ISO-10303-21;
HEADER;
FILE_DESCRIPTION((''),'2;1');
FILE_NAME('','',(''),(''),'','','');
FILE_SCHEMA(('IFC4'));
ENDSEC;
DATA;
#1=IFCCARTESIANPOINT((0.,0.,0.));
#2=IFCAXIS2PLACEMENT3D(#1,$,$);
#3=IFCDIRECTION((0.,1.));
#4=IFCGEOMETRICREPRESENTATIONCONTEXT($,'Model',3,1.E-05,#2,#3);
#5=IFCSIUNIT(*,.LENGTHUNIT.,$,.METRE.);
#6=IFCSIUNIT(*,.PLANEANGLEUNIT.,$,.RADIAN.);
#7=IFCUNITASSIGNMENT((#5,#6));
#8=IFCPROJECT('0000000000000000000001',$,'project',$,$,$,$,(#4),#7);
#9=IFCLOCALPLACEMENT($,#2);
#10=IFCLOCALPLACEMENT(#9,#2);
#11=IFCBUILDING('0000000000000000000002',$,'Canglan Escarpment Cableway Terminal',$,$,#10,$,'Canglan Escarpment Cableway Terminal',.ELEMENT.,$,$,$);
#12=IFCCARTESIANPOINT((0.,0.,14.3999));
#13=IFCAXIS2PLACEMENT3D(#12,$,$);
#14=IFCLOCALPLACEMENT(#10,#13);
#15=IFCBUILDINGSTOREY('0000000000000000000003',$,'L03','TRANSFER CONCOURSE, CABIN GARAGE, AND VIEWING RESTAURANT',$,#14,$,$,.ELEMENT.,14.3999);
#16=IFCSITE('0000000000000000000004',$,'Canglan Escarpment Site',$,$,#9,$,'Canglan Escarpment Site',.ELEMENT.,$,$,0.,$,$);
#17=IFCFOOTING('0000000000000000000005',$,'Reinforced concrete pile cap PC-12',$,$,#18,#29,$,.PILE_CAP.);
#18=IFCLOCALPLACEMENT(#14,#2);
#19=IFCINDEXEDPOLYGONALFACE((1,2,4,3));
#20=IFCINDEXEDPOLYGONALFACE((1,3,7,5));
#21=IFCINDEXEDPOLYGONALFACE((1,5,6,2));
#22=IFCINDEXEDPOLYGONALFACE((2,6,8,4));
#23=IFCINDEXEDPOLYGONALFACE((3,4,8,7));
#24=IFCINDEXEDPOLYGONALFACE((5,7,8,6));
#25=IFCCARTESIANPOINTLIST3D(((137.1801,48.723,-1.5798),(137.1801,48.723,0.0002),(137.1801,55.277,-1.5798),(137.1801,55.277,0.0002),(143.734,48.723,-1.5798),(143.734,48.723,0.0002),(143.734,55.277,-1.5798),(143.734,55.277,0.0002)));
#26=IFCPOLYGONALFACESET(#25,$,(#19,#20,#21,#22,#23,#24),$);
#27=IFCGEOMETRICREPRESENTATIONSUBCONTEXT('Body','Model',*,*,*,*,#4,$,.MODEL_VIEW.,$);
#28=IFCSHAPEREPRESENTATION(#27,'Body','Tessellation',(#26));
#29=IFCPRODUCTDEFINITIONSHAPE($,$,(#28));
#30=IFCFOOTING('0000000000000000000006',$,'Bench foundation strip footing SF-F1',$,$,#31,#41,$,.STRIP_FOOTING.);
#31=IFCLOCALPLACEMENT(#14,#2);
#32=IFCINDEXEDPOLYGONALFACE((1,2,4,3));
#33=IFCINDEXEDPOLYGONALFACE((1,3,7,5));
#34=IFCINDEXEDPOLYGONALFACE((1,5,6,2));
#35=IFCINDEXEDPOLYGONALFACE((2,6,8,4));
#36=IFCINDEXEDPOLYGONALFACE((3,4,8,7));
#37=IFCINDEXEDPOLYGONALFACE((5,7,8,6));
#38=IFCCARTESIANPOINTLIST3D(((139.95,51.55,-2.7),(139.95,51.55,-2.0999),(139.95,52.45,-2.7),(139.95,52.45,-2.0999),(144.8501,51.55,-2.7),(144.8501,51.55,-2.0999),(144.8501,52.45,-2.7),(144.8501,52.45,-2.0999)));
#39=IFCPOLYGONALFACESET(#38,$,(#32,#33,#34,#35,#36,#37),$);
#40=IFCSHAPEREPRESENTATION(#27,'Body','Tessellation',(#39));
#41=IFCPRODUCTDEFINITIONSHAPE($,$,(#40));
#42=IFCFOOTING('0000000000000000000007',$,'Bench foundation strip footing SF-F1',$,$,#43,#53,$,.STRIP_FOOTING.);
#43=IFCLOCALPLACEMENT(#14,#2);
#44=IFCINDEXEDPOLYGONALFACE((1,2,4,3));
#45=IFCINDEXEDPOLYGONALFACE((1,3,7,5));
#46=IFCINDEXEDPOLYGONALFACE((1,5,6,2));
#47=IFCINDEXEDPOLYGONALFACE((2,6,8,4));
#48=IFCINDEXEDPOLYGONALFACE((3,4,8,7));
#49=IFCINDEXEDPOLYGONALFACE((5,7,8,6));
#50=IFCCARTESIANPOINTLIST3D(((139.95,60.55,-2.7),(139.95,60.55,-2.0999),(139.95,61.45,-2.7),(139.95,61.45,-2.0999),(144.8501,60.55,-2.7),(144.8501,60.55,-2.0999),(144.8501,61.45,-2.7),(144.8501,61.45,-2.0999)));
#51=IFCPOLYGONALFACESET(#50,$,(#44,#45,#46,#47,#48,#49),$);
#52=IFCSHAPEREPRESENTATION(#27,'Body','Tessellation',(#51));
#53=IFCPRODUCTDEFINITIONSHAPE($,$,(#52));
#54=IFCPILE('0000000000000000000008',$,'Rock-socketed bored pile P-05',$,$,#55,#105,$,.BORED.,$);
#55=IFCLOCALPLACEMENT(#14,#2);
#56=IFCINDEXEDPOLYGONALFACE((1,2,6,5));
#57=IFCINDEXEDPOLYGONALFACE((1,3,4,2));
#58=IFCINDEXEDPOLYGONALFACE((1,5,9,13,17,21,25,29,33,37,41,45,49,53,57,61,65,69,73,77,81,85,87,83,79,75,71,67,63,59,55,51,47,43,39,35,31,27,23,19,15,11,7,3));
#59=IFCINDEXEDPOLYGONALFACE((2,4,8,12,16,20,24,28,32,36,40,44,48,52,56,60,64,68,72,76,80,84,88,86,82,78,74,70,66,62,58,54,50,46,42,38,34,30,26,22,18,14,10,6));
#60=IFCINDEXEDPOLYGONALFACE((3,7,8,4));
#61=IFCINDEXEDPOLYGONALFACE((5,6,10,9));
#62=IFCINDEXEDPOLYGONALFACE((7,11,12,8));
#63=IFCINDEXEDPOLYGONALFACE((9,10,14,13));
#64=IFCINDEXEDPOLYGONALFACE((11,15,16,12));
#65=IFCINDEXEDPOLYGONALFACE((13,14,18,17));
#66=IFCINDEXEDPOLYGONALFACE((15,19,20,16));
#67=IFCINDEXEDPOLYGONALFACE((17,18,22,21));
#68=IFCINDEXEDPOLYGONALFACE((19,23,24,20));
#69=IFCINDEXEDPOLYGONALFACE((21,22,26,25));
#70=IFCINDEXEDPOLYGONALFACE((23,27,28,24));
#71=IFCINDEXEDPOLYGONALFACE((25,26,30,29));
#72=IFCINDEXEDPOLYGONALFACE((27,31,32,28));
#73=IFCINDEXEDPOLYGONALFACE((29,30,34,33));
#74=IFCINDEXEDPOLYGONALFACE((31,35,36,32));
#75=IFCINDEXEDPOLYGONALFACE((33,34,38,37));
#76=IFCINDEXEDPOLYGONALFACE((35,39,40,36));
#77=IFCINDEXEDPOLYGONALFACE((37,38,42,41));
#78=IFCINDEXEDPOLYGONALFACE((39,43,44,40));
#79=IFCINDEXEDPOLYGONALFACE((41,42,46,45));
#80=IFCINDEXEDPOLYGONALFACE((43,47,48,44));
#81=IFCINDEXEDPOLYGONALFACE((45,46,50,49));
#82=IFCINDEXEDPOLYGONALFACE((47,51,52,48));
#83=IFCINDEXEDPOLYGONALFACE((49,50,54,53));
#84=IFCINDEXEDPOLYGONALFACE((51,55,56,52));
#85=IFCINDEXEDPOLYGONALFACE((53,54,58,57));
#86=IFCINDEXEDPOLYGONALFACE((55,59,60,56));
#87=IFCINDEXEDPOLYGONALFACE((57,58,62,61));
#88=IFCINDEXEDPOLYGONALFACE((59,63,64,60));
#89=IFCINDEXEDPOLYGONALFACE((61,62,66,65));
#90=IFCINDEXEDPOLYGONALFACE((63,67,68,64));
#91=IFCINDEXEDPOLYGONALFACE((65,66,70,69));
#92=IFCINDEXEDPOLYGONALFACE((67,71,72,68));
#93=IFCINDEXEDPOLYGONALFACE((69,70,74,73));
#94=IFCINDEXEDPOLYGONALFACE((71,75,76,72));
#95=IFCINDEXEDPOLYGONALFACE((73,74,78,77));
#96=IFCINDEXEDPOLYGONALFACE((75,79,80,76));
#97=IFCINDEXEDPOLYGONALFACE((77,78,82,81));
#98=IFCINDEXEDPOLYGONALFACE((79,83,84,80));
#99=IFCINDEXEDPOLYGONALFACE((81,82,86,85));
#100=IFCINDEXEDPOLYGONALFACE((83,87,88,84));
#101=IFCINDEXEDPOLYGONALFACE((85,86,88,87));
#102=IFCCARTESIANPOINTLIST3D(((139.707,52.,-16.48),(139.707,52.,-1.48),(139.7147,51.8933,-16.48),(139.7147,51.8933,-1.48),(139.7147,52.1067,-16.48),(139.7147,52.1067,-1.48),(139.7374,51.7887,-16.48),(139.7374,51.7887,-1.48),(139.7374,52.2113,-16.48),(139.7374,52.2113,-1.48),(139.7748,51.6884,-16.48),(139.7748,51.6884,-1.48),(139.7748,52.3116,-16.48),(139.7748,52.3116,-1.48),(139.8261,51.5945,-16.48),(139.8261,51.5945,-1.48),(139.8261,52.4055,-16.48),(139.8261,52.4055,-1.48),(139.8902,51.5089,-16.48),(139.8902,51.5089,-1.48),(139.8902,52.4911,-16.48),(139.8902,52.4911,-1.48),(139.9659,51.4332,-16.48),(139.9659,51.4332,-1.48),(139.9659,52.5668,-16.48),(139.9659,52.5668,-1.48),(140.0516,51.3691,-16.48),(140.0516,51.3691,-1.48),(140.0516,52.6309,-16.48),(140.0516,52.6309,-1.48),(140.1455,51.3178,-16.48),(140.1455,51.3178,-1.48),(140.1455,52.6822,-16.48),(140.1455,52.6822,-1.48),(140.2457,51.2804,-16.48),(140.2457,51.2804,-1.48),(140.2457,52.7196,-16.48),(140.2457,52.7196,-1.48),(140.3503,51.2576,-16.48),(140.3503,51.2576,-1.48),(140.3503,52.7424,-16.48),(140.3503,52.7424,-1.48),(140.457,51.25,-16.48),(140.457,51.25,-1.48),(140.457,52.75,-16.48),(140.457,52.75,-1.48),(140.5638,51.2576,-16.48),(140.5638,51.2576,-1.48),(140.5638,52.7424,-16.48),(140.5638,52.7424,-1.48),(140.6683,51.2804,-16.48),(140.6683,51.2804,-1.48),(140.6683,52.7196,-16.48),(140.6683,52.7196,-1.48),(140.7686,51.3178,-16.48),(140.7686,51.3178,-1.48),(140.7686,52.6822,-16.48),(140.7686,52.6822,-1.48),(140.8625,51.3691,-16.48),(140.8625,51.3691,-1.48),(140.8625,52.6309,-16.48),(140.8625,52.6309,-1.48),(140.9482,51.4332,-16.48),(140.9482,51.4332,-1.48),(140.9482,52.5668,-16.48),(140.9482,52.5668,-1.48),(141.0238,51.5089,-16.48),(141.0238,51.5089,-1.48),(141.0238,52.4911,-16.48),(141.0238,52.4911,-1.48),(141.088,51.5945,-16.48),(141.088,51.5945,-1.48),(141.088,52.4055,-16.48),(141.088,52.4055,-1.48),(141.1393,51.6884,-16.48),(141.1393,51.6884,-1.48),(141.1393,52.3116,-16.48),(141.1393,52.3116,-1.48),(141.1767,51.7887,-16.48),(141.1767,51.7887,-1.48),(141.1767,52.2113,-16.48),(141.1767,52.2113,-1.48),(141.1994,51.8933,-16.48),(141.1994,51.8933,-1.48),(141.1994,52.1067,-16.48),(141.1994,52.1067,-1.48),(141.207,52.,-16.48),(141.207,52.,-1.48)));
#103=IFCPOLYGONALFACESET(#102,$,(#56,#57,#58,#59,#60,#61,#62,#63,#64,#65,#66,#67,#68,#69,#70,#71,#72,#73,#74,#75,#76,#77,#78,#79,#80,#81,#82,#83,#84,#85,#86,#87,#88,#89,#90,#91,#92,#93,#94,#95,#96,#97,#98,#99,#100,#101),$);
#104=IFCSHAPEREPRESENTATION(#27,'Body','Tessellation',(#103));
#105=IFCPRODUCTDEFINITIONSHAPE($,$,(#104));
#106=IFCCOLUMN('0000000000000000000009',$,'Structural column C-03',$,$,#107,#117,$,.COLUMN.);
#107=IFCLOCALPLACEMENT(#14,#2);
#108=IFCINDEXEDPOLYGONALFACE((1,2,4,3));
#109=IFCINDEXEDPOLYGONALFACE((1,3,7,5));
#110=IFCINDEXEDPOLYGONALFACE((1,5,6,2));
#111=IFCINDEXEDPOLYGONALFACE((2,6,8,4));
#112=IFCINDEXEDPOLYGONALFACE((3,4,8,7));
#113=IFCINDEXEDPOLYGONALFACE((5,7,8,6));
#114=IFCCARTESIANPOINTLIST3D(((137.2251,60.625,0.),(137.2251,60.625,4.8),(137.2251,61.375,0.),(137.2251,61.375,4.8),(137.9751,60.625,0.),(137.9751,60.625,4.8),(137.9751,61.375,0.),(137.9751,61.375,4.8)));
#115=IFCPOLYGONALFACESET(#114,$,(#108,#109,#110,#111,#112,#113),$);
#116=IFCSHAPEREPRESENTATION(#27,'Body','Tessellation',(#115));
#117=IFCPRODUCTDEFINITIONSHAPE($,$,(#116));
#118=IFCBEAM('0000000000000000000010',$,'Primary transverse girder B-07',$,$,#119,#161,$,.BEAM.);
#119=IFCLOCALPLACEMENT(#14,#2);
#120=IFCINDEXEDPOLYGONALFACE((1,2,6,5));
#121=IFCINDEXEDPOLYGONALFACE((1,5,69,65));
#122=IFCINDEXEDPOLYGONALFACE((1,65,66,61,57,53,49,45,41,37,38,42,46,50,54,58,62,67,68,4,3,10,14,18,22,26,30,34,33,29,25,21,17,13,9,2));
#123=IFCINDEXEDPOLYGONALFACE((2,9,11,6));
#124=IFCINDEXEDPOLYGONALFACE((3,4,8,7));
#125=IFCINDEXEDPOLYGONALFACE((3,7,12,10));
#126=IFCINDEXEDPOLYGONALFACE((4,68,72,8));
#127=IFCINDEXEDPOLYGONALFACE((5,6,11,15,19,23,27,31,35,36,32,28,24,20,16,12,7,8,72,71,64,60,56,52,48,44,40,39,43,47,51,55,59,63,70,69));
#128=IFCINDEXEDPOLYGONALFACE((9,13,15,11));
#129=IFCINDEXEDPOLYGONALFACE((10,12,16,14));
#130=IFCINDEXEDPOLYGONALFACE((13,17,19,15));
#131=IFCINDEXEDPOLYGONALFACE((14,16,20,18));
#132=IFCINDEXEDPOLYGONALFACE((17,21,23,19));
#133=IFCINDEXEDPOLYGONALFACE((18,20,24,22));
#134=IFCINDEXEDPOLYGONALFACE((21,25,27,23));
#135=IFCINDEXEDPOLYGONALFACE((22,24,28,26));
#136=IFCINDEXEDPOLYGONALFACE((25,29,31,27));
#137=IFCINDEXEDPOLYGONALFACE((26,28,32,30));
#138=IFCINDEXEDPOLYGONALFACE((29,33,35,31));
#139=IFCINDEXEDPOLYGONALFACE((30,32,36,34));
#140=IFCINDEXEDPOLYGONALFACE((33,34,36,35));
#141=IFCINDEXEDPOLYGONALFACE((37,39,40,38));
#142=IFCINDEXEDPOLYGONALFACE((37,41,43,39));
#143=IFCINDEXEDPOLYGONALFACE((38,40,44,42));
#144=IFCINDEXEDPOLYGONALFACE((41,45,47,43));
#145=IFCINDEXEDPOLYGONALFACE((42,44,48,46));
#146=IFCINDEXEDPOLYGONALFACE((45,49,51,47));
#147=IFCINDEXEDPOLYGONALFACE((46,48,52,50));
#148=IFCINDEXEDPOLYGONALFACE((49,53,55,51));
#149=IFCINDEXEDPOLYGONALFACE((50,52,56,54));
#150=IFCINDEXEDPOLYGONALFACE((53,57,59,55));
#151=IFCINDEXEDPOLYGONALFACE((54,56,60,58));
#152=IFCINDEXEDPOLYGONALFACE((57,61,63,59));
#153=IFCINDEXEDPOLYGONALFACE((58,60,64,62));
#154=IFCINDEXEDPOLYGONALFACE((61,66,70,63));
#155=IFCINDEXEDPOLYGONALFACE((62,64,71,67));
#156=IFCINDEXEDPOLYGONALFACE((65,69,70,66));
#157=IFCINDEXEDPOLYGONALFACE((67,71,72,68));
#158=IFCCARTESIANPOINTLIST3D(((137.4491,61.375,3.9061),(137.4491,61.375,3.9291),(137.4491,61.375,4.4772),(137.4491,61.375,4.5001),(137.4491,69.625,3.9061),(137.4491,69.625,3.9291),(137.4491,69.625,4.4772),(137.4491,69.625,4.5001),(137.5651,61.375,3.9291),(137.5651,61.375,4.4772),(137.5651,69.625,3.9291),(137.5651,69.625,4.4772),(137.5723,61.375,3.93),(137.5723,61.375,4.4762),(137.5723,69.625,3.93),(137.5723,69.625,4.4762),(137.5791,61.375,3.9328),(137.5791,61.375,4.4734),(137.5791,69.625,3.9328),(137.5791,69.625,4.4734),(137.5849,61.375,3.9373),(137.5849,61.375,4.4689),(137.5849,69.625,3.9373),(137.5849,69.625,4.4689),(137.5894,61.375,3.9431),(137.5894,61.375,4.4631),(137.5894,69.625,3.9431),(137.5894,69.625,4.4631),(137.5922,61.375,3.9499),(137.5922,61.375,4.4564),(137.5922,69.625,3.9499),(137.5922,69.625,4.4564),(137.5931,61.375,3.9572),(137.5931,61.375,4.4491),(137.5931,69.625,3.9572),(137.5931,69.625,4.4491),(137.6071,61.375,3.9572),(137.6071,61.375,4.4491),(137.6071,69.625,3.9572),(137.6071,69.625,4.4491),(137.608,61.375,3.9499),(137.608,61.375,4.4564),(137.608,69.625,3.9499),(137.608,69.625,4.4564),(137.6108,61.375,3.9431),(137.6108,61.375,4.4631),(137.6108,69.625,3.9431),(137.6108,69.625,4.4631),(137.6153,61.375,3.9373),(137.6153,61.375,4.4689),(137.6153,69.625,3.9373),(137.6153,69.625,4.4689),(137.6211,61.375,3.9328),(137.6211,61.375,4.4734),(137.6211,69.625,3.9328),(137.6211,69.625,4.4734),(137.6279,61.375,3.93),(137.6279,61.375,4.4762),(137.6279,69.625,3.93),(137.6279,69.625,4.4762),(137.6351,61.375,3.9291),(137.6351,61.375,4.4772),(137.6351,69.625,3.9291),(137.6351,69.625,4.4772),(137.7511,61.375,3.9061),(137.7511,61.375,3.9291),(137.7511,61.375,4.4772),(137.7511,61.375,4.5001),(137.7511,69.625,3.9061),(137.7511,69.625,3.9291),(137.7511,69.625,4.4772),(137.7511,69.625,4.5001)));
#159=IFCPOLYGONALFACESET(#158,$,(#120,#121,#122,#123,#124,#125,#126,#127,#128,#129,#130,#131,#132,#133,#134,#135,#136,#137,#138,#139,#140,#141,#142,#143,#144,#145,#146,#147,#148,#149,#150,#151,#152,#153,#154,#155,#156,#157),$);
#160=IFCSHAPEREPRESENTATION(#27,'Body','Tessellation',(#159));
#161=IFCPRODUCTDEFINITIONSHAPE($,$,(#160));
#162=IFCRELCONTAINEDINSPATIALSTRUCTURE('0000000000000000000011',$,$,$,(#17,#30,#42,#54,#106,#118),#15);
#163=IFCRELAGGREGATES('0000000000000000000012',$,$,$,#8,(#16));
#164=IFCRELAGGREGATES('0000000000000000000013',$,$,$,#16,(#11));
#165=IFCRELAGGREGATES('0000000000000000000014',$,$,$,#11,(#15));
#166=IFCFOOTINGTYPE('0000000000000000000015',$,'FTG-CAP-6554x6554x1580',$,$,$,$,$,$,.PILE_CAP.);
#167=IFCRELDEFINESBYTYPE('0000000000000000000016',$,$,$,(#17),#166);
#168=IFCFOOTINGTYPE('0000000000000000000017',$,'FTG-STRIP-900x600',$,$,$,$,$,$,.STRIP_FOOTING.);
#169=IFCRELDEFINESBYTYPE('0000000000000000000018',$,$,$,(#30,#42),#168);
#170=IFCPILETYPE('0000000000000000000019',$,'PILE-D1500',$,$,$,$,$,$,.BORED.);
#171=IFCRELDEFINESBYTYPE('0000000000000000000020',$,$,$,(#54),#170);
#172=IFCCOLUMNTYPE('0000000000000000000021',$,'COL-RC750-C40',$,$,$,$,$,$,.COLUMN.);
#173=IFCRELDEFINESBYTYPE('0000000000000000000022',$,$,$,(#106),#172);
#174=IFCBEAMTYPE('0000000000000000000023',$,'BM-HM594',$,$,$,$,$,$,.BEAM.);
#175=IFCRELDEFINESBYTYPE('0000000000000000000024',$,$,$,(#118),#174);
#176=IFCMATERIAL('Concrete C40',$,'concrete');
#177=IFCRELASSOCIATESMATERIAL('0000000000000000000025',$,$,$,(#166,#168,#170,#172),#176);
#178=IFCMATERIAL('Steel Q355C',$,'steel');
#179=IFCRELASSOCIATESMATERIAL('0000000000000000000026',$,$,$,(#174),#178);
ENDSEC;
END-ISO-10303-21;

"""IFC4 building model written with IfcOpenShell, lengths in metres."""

from ifc_helpers import new_model, si_unit, direction, frame, origin, origin_2d, place, context, subcontext, project, spatial, rectangle, circle, i_section, extrude, material, material_profile, profile_set, type_object, element, save


model = new_model("IFC4")

# Units and contexts
model_context = context("Model", 3, precision=1e-05, world=origin(), true_north=direction((0.0, 1.0)))
body_context = subcontext(model_context, "Body", "Model", "MODEL_VIEW")
ifc_project = project(units=[si_unit("LENGTHUNIT", "METRE"), si_unit("PLANEANGLEUNIT", "RADIAN")], contexts=[model_context])

# Site, building, storey
site_placement = place(None, origin())
site = spatial("IfcSite", under=ifc_project, at=site_placement, Name="Canglan Escarpment Site", LongName="Canglan Escarpment Site", CompositionType="ELEMENT", RefElevation=0.0)
building_placement = place(site_placement, origin())
building = spatial("IfcBuilding", under=site, at=building_placement, Name="Canglan Escarpment Cableway Terminal", LongName="Canglan Escarpment Cableway Terminal", CompositionType="ELEMENT")
storey_placement = place(building_placement, frame((0.0, 0.0, 14.3999)))
storey = spatial("IfcBuildingStorey", under=building, at=storey_placement, Name="L03", Description="TRANSFER CONCOURSE, CABIN GARAGE, AND VIEWING RESTAURANT", CompositionType="ELEMENT", Elevation=14.3999)

# Footings
ifc_material_1 = material(Name="Concrete C40", Category="concrete")
footing_type_1 = type_object("IfcFootingType", Name="FTG-CAP-6554x6554x1580", PredefinedType="PILE_CAP", material=ifc_material_1)
footing_placement = place(storey_placement, frame((140.457, 52.0, -1.5798), z_axis=(0.0, 0.0, 1.0), x_axis=(1.0, 0.0, 0.0)))
element("IfcFooting", 1, at=footing_placement, inside=storey, type_object=footing_type_1, Name="Reinforced concrete pile cap PC-12", PredefinedType="PILE_CAP", context=body_context, shape_type="SweptSolid", body=[
    extrude(rectangle(XDim=6.554, YDim=6.554, at=origin_2d()), origin(), (0.0, 0.0, 1.0), 1.5801),
])
ifc_material_profile_1 = material_profile(ifc_material_1, rectangle(XDim=0.8999, YDim=0.6001, at=origin_2d()), Name="SF 900x600")
ifc_profile_set_1 = profile_set([ifc_material_profile_1], Name="Concrete C40")
footing_type_2 = type_object("IfcFootingType", Name="FTG-STRIP-900x600", PredefinedType="STRIP_FOOTING", material=ifc_profile_set_1)
for number, where, z_axis, x_axis, name in (
    (2, (139.95, 52.0, -2.3999), (1.0, 0.0, 0.0), (0.0, 1.0, 0.0), "Bench foundation strip footing SF-F1"),
    (3, (139.95, 61.0, -2.3999), (1.0, 0.0, 0.0), (0.0, 1.0, 0.0), "Bench foundation strip footing SF-F1"),
):
    element("IfcFooting", number, at=place(storey_placement, frame(where, z_axis=z_axis, x_axis=x_axis)), inside=storey, type_object=footing_type_2, Name=name, PredefinedType="STRIP_FOOTING", context=body_context, shape_type="SweptSolid", body=[
        extrude(rectangle(XDim=0.8999, YDim=0.6001, at=origin_2d()), origin(), (0.0, 0.0, 1.0), 4.9001),
    ])

# Pile
ifc_material_profile_2 = material_profile(ifc_material_1, circle(Radius=0.75, at=origin_2d()), Name="BORED PILE D1500")
ifc_profile_set_2 = profile_set([ifc_material_profile_2], Name="Concrete C40")
pile_type = type_object("IfcPileType", Name="PILE-D1500", PredefinedType="BORED", material=ifc_profile_set_2)
pile_placement = place(storey_placement, frame((140.457, 52.0, -1.48), z_axis=(0.0, 0.0, -1.0), x_axis=(1.0, 0.0, 0.0)))
element("IfcPile", 4, at=pile_placement, inside=storey, type_object=pile_type, Name="Rock-socketed bored pile P-05", PredefinedType="BORED", context=body_context, shape_type="SweptSolid", body=[
    extrude(circle(Radius=0.75, at=origin_2d()), origin(), (0.0, 0.0, 1.0), 15.0),
])

# Column
ifc_material_profile_3 = material_profile(ifc_material_1, rectangle(XDim=0.75, YDim=0.75, at=origin_2d()), Name="RC 750x750")
ifc_profile_set_3 = profile_set([ifc_material_profile_3], Name="Concrete C40")
column_type = type_object("IfcColumnType", Name="COL-RC750-C40", PredefinedType="COLUMN", material=ifc_profile_set_3)
column_placement = place(storey_placement, frame((137.6001, 61.0, 0.0), z_axis=(0.0, 0.0, 1.0), x_axis=(1.0, 0.0, 0.0)))
element("IfcColumn", 5, at=column_placement, inside=storey, type_object=column_type, Name="Structural column C-03", PredefinedType="COLUMN", context=body_context, shape_type="SweptSolid", body=[
    extrude(rectangle(XDim=0.75, YDim=0.75, at=origin_2d()), origin(), (0.0, 0.0, 1.0), 4.8),
])

# Beam
ifc_material_2 = material(Name="Steel Q355C", Category="steel")
ifc_material_profile_4 = material_profile(ifc_material_2, i_section(OverallWidth=0.302, OverallDepth=0.594, WebThickness=0.0139, FlangeThickness=0.0229, FilletRadius=0.0281, at=origin_2d()), Name="HM 594x302x14x23")
ifc_profile_set_4 = profile_set([ifc_material_profile_4], Name="Steel Q355C")
beam_type_1 = type_object("IfcBeamType", Name="BM-HM594", PredefinedType="BEAM", material=ifc_profile_set_4)
beam_placement = place(storey_placement, frame((137.6001, 61.375, 4.2031), z_axis=(0.0, 1.0, 0.0), x_axis=(-1.0, 0.0, 0.0)))
element("IfcBeam", 6, at=beam_placement, inside=storey, type_object=beam_type_1, Name="Primary transverse girder B-07", PredefinedType="BEAM", context=body_context, shape_type="SweptSolid", body=[
    extrude(i_section(OverallWidth=0.302, OverallDepth=0.594, WebThickness=0.0139, FlangeThickness=0.0229, FilletRadius=0.0281, at=origin_2d()), origin(), (0.0, 0.0, 1.0), 8.25),
])

save(model, "model.ifc")
